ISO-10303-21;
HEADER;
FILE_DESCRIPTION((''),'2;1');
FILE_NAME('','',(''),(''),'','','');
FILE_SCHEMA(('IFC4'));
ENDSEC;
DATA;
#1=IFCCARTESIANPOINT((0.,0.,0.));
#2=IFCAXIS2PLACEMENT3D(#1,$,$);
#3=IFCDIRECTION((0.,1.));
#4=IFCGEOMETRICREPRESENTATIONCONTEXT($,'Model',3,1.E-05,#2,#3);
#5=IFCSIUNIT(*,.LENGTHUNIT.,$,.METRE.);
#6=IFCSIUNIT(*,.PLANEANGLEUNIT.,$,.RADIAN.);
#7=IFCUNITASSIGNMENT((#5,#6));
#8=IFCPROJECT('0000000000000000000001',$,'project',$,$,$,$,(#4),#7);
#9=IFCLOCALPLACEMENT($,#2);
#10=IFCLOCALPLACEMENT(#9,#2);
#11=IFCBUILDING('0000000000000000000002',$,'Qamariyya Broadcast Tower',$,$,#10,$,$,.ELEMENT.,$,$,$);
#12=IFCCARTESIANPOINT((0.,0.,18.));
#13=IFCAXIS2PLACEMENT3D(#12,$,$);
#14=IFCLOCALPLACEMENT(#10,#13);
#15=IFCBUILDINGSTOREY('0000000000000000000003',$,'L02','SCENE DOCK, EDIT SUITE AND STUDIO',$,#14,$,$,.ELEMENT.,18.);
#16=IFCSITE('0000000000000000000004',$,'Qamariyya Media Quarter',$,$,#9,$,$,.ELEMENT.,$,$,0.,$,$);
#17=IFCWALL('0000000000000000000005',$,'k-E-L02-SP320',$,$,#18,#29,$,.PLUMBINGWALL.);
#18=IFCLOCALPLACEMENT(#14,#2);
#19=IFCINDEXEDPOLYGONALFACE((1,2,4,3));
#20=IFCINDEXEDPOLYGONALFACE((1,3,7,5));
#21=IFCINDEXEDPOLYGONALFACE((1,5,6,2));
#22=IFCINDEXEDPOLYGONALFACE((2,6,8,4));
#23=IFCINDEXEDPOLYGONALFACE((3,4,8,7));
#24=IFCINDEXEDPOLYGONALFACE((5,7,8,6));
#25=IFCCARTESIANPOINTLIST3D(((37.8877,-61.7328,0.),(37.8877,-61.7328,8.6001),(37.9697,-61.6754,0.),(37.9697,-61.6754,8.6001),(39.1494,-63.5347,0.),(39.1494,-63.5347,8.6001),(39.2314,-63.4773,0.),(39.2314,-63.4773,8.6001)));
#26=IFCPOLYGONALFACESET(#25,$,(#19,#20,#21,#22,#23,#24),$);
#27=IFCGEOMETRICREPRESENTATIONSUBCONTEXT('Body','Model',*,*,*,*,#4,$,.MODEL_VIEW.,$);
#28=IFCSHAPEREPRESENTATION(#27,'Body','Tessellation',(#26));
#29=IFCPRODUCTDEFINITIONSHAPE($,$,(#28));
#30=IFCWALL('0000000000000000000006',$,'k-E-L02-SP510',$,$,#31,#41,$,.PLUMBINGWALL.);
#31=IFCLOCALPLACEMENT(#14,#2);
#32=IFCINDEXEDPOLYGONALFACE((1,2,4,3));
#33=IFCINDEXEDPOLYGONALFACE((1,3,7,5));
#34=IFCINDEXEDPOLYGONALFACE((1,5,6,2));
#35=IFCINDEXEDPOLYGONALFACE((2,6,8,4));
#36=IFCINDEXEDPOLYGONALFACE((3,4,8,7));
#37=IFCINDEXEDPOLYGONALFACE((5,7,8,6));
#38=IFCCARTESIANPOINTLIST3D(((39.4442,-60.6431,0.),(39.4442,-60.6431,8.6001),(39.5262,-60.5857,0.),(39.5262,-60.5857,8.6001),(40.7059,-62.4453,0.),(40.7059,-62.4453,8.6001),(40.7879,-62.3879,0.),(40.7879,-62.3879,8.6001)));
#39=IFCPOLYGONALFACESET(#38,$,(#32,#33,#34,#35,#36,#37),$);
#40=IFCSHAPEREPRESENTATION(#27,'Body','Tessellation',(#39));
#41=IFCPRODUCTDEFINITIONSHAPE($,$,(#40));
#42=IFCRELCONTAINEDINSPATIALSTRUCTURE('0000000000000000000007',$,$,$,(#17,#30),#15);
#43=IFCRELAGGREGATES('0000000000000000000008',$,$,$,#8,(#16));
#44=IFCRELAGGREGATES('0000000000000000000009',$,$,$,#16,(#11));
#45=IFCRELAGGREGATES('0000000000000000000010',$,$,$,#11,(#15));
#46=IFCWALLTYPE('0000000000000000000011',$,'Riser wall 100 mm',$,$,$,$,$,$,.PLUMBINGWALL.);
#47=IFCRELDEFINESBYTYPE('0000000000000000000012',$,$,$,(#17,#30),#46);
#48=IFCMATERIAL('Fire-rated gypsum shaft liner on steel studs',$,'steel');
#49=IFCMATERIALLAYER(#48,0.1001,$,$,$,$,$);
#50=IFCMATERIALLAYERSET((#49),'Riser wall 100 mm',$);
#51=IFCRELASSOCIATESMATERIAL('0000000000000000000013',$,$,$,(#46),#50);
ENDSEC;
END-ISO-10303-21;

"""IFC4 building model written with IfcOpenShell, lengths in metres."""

from ifc_helpers import new_model, si_unit, direction, frame, frame_2d, origin, place, context, subcontext, project, spatial, rectangle, extrude, material, layer, layer_set, type_object, element, save


model = new_model("IFC4")

# Units and contexts
model_context = context("Model", 3, precision=1e-05, world=origin(), true_north=direction((0.0, 1.0)))
body_context = subcontext(model_context, "Body", "Model", "MODEL_VIEW")
ifc_project = project(units=[si_unit("LENGTHUNIT", "METRE"), si_unit("PLANEANGLEUNIT", "RADIAN")], contexts=[model_context])

# Site, building, storey
site_placement = place(None, origin())
site = spatial("IfcSite", under=ifc_project, at=site_placement, Name="Qamariyya Media Quarter", CompositionType="ELEMENT", RefElevation=0.0)
building_placement = place(site_placement, origin())
building = spatial("IfcBuilding", under=site, at=building_placement, Name="Qamariyya Broadcast Tower", CompositionType="ELEMENT")
storey_placement = place(building_placement, frame((0.0, 0.0, 18.0)))
storey = spatial("IfcBuildingStorey", under=building, at=storey_placement, Name="L02", Description="SCENE DOCK, EDIT SUITE AND STUDIO", CompositionType="ELEMENT", Elevation=18.0)

# Walls
ifc_material_1 = material(Name="Fire-rated gypsum shaft liner on steel studs", Category="steel")
ifc_layer_1 = layer(ifc_material_1, 0.1001)
ifc_layer_set_1 = layer_set([ifc_layer_1], Name="Riser wall 100 mm")
wall_type_1 = type_object("IfcWallType", Name="Riser wall 100 mm", PredefinedType="PLUMBINGWALL", material=ifc_layer_set_1)
wall_1_placement = place(storey_placement, frame((37.9287, -61.7041, 0.0), z_axis=(0.0, 0.0, 1.0), x_axis=(0.573559, -0.819164, 0.0)))
element("IfcWall", 1, at=wall_1_placement, inside=storey, type_object=wall_type_1, Name="k-E-L02-SP320", PredefinedType="PLUMBINGWALL", context=body_context, shape_type="SweptSolid", body=[
    extrude(rectangle(XDim=2.1997, YDim=0.1001, at=frame_2d((1.0999, 0.0))), origin(), (0.0, 0.0, 1.0), 8.6001),
])
wall_2_placement = place(storey_placement, frame((39.4851, -60.6143, 0.0), z_axis=(0.0, 0.0, 1.0), x_axis=(0.573507, -0.819201, 0.0)))
element("IfcWall", 2, at=wall_2_placement, inside=storey, type_object=wall_type_1, Name="k-E-L02-SP510", PredefinedType="PLUMBINGWALL", context=body_context, shape_type="SweptSolid", body=[
    extrude(rectangle(XDim=2.2, YDim=0.1001, at=frame_2d((1.1001, 0.0))), origin(), (0.0, 0.0, 1.0), 8.6001),
])

save(model, "model.ifc")
